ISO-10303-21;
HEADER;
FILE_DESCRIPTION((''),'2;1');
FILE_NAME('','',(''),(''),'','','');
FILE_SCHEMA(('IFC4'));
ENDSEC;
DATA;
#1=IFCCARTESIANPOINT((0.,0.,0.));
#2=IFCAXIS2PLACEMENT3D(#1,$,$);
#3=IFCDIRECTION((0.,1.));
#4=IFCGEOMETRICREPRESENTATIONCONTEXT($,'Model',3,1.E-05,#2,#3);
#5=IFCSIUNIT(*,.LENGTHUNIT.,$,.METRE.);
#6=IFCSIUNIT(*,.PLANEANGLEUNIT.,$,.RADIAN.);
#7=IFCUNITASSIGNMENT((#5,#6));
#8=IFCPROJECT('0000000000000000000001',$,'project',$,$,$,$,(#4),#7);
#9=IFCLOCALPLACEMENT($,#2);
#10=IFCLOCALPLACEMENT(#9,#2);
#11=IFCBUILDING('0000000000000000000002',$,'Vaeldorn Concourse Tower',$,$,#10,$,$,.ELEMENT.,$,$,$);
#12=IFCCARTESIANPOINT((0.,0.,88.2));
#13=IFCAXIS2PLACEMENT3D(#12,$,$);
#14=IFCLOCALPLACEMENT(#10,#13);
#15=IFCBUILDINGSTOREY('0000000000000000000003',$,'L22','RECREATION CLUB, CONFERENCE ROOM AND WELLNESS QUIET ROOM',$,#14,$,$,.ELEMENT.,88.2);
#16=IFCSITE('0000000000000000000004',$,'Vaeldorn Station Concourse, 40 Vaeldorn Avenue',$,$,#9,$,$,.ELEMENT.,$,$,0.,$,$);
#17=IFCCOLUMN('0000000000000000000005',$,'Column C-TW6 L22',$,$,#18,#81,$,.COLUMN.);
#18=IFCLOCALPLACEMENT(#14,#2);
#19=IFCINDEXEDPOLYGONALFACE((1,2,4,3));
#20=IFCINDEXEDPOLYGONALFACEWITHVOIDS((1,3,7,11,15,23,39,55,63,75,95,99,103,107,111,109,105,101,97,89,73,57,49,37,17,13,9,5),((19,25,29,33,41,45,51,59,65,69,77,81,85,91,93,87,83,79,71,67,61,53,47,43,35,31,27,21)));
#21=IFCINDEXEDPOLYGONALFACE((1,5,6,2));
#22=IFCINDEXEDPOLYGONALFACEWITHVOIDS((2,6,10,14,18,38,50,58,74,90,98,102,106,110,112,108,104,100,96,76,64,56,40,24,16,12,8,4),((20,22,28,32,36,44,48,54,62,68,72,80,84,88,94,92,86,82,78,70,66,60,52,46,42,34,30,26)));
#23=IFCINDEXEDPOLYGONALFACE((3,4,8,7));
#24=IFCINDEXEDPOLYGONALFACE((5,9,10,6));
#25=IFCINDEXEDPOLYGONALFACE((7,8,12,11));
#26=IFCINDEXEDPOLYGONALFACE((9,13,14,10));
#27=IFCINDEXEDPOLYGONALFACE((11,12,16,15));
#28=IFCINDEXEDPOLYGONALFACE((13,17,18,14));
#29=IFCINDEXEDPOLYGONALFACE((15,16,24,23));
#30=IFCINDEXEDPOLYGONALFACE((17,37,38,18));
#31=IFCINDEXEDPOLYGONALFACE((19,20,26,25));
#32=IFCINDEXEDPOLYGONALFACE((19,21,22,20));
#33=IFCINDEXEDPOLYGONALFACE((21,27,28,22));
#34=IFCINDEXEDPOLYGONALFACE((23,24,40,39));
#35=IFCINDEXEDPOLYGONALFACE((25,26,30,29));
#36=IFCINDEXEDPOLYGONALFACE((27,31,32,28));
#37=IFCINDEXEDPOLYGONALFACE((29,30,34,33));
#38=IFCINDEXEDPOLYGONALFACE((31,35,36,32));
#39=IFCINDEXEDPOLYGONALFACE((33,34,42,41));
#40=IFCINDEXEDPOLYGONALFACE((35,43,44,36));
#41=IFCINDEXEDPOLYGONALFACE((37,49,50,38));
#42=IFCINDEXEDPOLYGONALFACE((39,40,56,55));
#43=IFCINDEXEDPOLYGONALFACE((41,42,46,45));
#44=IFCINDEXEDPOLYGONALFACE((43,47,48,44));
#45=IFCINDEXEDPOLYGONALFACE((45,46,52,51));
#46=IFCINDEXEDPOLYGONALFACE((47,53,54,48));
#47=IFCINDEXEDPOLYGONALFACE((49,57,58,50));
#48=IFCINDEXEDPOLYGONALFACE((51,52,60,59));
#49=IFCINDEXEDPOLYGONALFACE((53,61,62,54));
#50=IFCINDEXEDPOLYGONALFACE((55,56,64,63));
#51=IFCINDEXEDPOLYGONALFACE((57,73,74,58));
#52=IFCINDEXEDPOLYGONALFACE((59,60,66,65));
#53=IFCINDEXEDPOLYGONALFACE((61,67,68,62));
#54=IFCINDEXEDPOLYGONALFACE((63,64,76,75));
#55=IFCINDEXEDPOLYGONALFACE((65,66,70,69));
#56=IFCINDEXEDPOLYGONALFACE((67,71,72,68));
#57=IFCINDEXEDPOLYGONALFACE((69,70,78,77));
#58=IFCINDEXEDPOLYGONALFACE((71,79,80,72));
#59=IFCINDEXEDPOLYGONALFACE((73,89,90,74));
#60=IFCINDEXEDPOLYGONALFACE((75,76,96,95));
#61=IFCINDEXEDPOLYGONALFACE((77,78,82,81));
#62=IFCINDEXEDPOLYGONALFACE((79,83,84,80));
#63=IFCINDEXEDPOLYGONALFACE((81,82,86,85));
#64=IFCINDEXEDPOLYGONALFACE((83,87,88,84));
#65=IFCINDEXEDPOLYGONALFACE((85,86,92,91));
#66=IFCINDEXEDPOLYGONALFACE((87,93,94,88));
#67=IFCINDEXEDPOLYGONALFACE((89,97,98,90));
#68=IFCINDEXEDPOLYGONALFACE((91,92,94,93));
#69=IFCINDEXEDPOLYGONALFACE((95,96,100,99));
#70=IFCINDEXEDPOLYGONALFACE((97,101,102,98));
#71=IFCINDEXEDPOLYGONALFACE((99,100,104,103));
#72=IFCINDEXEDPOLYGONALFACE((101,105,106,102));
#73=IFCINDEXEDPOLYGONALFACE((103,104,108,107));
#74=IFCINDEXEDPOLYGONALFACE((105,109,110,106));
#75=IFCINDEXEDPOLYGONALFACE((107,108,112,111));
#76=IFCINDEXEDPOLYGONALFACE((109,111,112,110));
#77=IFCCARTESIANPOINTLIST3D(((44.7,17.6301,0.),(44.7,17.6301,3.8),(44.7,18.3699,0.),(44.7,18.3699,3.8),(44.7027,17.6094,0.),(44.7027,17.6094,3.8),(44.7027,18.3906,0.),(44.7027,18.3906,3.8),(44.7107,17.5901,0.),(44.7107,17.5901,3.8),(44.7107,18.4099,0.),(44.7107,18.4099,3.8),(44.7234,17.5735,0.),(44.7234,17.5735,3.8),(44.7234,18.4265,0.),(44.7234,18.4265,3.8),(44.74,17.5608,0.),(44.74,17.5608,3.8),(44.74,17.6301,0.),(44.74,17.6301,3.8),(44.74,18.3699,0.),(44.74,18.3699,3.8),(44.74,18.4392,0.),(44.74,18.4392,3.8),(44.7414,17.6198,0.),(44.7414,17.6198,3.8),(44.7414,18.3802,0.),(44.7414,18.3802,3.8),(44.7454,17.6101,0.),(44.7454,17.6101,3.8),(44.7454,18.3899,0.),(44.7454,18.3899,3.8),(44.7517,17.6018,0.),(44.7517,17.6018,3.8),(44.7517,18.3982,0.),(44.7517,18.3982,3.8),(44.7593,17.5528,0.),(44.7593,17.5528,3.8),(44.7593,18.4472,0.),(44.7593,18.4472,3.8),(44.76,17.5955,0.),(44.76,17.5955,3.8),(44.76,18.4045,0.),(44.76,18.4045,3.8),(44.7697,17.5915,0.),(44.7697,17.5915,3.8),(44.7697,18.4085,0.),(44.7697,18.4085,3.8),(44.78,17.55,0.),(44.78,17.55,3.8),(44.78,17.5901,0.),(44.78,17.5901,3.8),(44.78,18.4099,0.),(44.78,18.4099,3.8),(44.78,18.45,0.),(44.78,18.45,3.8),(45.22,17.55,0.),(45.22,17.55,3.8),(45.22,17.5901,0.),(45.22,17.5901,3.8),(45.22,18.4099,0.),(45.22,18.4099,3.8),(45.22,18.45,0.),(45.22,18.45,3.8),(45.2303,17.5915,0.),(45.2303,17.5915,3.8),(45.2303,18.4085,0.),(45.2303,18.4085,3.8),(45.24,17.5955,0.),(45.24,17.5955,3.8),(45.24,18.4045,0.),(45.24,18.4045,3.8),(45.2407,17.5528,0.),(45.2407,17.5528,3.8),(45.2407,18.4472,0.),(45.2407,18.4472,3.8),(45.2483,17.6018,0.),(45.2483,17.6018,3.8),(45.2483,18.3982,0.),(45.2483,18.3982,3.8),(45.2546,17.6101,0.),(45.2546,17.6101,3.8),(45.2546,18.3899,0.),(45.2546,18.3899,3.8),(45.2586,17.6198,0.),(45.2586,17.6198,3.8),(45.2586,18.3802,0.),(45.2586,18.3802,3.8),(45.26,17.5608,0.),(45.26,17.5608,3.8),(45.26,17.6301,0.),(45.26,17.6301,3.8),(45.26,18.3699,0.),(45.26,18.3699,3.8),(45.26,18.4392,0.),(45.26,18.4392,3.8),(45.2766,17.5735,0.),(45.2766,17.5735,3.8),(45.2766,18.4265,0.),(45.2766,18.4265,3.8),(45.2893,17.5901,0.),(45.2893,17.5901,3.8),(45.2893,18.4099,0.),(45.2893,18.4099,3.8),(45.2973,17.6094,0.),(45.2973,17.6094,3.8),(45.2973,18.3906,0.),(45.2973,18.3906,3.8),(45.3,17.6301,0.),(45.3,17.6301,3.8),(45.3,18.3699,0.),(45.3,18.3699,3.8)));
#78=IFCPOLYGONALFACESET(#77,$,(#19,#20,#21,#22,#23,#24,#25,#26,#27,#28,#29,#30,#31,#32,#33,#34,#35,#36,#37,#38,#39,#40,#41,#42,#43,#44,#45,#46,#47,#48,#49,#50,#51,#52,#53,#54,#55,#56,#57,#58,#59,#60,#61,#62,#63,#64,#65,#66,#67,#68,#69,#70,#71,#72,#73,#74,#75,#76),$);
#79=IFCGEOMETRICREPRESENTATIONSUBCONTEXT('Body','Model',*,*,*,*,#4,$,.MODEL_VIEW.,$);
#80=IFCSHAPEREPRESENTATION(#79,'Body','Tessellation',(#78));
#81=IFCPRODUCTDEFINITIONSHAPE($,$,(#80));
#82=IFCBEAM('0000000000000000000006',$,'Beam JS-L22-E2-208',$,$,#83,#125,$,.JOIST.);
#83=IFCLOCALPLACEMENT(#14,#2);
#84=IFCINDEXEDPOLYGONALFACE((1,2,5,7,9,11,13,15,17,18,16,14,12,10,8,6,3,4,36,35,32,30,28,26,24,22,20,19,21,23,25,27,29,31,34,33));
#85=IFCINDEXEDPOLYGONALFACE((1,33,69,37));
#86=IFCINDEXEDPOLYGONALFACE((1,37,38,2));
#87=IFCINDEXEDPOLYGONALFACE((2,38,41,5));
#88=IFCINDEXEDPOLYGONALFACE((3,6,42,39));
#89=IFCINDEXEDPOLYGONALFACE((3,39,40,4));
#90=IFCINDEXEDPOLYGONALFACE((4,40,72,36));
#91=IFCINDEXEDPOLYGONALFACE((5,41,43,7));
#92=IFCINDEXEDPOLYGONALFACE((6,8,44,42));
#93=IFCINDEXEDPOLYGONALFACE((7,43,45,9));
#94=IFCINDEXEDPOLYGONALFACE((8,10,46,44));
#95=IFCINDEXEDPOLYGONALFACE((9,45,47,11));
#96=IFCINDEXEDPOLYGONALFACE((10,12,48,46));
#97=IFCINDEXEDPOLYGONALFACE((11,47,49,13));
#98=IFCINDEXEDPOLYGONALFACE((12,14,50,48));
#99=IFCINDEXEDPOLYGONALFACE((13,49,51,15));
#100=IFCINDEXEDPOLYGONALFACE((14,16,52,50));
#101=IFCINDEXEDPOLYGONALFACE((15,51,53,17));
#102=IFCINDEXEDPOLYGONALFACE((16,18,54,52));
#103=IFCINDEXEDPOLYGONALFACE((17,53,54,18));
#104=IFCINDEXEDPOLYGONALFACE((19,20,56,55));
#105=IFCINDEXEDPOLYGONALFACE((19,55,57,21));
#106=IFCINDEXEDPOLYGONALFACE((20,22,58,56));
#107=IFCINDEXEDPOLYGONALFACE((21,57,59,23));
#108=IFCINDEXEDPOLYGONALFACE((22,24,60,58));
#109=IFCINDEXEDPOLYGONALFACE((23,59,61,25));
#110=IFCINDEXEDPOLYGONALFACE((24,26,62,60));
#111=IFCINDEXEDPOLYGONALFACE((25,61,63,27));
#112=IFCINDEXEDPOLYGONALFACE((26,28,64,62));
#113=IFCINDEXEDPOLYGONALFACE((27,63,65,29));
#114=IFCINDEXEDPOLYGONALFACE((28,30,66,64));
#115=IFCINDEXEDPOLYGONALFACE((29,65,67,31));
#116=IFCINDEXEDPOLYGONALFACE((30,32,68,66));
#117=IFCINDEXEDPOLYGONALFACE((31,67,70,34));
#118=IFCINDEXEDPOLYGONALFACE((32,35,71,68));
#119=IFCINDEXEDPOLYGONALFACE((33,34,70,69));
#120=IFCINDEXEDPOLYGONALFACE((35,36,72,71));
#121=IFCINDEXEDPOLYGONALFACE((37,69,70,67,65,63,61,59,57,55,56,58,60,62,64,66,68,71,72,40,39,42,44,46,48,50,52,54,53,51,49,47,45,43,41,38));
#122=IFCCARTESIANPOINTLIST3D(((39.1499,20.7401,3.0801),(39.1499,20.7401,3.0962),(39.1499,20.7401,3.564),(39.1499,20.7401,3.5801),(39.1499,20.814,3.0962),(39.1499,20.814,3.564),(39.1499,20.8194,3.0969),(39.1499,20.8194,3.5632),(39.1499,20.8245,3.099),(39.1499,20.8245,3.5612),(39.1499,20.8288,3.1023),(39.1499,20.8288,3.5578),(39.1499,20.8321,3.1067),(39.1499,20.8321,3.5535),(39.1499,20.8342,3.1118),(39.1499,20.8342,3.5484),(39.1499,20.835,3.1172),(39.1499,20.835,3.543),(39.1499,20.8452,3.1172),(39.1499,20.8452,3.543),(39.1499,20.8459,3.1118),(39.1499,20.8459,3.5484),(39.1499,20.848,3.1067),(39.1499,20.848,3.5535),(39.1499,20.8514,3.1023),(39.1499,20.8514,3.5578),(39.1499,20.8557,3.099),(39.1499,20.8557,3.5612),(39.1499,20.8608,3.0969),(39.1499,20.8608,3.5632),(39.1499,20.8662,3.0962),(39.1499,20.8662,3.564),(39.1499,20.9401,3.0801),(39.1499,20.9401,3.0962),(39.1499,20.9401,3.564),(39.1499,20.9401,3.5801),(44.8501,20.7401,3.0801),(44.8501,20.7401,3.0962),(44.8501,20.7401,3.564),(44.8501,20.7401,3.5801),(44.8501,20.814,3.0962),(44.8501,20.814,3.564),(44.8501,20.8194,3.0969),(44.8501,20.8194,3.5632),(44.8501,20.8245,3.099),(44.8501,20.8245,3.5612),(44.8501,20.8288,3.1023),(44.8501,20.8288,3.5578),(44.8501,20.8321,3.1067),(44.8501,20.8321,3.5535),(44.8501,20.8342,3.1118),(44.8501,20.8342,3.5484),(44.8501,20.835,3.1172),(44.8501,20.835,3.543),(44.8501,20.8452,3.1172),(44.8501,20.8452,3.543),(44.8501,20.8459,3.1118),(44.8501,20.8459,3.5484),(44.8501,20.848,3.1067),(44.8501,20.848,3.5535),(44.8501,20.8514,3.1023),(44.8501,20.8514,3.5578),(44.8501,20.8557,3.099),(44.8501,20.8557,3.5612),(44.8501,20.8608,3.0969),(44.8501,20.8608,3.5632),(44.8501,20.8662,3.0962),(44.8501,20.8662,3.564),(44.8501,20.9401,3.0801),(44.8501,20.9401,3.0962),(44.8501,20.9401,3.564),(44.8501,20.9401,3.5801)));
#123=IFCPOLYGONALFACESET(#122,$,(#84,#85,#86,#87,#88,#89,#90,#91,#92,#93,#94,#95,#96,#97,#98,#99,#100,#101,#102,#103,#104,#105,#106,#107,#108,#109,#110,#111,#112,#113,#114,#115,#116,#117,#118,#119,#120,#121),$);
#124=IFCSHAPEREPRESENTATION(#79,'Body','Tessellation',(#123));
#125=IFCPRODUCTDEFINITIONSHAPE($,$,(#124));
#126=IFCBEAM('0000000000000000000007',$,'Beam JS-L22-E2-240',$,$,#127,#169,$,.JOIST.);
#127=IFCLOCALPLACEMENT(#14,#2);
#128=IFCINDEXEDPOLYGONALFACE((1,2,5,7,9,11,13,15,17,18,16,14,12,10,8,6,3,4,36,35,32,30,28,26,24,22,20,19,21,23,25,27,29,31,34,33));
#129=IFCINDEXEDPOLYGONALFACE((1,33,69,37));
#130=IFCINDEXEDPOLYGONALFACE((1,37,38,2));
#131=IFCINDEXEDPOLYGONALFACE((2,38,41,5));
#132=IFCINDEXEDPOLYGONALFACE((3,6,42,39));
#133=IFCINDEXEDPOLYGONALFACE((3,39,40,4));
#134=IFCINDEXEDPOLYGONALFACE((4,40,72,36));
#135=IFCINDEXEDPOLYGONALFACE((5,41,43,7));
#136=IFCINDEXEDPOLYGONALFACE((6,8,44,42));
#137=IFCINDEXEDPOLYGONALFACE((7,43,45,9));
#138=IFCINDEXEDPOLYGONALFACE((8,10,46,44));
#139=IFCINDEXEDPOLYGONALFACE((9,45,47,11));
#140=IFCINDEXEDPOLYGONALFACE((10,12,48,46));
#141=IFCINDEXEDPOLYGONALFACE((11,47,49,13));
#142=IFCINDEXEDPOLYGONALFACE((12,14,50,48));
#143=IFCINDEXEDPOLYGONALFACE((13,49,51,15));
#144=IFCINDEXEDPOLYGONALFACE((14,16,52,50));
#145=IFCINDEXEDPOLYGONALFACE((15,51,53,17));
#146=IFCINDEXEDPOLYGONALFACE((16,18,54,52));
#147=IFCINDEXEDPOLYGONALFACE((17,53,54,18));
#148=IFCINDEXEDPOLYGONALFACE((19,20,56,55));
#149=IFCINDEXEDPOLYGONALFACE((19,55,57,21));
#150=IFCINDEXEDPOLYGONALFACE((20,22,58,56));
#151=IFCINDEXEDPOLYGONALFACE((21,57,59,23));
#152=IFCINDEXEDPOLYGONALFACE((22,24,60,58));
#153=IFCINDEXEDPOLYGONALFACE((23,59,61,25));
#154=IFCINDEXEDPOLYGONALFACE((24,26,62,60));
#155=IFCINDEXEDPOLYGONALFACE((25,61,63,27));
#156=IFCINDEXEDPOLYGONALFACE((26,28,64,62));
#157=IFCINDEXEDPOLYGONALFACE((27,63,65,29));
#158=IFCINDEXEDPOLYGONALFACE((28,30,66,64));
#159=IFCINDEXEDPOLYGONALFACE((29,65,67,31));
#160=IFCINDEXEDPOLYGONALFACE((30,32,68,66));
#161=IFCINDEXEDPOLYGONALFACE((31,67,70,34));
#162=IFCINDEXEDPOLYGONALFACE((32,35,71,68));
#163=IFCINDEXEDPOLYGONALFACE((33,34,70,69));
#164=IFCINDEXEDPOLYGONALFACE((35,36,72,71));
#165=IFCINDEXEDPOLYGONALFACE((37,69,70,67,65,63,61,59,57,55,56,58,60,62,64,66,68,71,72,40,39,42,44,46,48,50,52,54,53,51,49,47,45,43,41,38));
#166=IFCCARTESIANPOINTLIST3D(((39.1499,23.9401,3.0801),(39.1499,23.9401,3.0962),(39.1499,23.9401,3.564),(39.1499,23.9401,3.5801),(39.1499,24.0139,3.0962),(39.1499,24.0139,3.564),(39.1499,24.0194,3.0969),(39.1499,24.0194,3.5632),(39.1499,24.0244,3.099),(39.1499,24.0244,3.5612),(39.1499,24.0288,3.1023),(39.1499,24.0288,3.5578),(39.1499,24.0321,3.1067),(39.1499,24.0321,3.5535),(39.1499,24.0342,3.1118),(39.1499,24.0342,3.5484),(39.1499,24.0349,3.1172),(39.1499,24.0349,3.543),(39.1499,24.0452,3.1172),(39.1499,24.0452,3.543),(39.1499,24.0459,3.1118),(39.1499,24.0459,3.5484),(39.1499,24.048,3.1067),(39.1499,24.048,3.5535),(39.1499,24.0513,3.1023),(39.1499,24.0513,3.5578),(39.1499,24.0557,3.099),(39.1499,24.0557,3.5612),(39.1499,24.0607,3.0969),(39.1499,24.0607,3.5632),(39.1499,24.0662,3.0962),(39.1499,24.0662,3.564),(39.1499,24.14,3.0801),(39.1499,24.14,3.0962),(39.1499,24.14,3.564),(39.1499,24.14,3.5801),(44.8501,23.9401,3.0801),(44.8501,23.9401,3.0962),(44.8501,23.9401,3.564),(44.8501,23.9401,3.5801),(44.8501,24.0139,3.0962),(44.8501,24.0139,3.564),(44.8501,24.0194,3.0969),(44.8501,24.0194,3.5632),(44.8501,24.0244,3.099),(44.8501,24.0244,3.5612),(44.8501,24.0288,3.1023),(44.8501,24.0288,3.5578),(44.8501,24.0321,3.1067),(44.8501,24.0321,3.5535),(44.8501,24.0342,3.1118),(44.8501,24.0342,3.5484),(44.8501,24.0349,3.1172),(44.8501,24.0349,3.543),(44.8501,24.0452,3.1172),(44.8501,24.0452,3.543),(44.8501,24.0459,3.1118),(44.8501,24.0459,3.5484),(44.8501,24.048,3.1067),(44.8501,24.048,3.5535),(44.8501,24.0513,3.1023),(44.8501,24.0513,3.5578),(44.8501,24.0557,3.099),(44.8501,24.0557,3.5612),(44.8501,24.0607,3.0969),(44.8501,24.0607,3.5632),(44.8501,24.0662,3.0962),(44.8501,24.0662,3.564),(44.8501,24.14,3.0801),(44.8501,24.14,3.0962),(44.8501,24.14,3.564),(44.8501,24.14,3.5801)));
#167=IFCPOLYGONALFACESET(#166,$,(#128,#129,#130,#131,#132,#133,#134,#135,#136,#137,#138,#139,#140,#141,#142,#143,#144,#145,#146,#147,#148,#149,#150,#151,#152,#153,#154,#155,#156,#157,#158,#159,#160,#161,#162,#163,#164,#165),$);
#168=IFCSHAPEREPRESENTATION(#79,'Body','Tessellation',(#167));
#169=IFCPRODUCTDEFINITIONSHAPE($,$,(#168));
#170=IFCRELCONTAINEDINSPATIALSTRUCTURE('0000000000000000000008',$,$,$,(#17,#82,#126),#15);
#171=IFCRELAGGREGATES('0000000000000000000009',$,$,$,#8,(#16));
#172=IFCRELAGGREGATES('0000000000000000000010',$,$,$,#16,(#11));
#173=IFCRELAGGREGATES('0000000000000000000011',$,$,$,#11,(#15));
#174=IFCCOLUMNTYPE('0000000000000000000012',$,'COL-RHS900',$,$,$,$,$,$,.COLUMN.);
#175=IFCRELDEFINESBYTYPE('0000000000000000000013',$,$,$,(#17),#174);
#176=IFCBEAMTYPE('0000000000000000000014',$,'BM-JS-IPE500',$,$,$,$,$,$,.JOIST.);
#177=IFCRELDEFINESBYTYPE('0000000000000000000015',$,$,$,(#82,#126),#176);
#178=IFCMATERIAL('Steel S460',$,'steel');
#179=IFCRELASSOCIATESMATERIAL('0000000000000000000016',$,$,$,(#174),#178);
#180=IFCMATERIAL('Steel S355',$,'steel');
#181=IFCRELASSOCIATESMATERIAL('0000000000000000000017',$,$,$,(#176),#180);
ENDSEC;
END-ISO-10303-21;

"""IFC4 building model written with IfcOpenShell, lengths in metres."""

from ifc_helpers import new_model, si_unit, direction, frame, origin, origin_2d, place, context, subcontext, project, spatial, hollow_rectangle, i_section, extrude, source, transform, mapped, material, material_profile, profile_set, type_object, element, save


model = new_model("IFC4")

# Units and contexts
model_context = context("Model", 3, precision=1e-05, world=origin(), true_north=direction((0.0, 1.0)))
body_context = subcontext(model_context, "Body", "Model", "MODEL_VIEW")
ifc_project = project(units=[si_unit("LENGTHUNIT", "METRE"), si_unit("PLANEANGLEUNIT", "RADIAN")], contexts=[model_context])

# Site, building, storey
site_placement = place(None, origin())
site = spatial("IfcSite", under=ifc_project, at=site_placement, Name="Vaeldorn Station Concourse, 40 Vaeldorn Avenue", CompositionType="ELEMENT", RefElevation=0.0)
building_placement = place(site_placement, origin())
building = spatial("IfcBuilding", under=site, at=building_placement, Name="Vaeldorn Concourse Tower", CompositionType="ELEMENT")
storey_placement = place(building_placement, frame((0.0, 0.0, 88.2)))
storey = spatial("IfcBuildingStorey", under=building, at=storey_placement, Name="L22", Description="RECREATION CLUB, CONFERENCE ROOM AND WELLNESS QUIET ROOM", CompositionType="ELEMENT", Elevation=88.2)

# Column
ifc_material_1 = material(Name="Steel S460", Category="steel")
ifc_material_profile_1 = material_profile(ifc_material_1, hollow_rectangle(XDim=0.6001, YDim=0.8999, WallThickness=0.04, InnerFilletRadius=0.04, OuterFilletRadius=0.0801, at=origin_2d()), Name="RHS 900x600x40")
ifc_profile_set_1 = profile_set([ifc_material_profile_1], Name="Steel S460")
column_type_1 = type_object("IfcColumnType", Name="COL-RHS900", PredefinedType="COLUMN", material=ifc_profile_set_1)
shared_shape_1 = source(origin(), body_context, "Body", "SweptSolid", [
    extrude(hollow_rectangle(XDim=0.6001, YDim=0.8999, WallThickness=0.04, InnerFilletRadius=0.04, OuterFilletRadius=0.0801, at=origin_2d()), origin(), (0.0, 0.0, 1.0), 3.8),
])
for number, where, z_axis, x_axis, name in (
    (1, (45.0, 18.0, 0.0), (0.0, 0.0, 1.0), (1.0, 0.0, 0.0), "Column C-TW6 L22"),
):
    element("IfcColumn", number, at=place(storey_placement, frame(where, z_axis=z_axis, x_axis=x_axis)), inside=storey, type_object=column_type_1, Name=name, PredefinedType="COLUMN", context=body_context, shape_type="MappedRepresentation", body=[
        mapped(shared_shape_1, transform((0.0, 0.0, 0.0), scale=1.0)),
    ])

# Beams
ifc_material_2 = material(Name="Steel S355", Category="steel")
ifc_material_profile_2 = material_profile(ifc_material_2, i_section(OverallWidth=0.2, OverallDepth=0.5, WebThickness=0.0103, FlangeThickness=0.0161, FilletRadius=0.021, at=origin_2d()), Name="IPE 500")
ifc_profile_set_2 = profile_set([ifc_material_profile_2], Name="Steel S355")
beam_type_1 = type_object("IfcBeamType", Name="BM-JS-IPE500", PredefinedType="JOIST", material=ifc_profile_set_2)
shared_shape_2 = source(origin(), body_context, "Body", "SweptSolid", [
    extrude(i_section(OverallWidth=0.2, OverallDepth=0.5, WebThickness=0.0103, FlangeThickness=0.0161, FilletRadius=0.021, at=origin_2d()), origin(), (0.0, 0.0, 1.0), 5.7002),
])
for number, where, z_axis, x_axis, name in (
    (2, (39.1499, 20.8401, 3.3301), (1.0, 0.0, 0.0), (0.0, 1.0, 0.0), "Beam JS-L22-E2-208"),
    (3, (39.1499, 24.04, 3.3301), (1.0, 0.0, 0.0), (0.0, 1.0, 0.0), "Beam JS-L22-E2-240"),
):
    element("IfcBeam", number, at=place(storey_placement, frame(where, z_axis=z_axis, x_axis=x_axis)), inside=storey, type_object=beam_type_1, Name=name, PredefinedType="JOIST", context=body_context, shape_type="MappedRepresentation", body=[
        mapped(shared_shape_2, transform((0.0, 0.0, 0.0), scale=1.0)),
    ])

save(model, "model.ifc")
